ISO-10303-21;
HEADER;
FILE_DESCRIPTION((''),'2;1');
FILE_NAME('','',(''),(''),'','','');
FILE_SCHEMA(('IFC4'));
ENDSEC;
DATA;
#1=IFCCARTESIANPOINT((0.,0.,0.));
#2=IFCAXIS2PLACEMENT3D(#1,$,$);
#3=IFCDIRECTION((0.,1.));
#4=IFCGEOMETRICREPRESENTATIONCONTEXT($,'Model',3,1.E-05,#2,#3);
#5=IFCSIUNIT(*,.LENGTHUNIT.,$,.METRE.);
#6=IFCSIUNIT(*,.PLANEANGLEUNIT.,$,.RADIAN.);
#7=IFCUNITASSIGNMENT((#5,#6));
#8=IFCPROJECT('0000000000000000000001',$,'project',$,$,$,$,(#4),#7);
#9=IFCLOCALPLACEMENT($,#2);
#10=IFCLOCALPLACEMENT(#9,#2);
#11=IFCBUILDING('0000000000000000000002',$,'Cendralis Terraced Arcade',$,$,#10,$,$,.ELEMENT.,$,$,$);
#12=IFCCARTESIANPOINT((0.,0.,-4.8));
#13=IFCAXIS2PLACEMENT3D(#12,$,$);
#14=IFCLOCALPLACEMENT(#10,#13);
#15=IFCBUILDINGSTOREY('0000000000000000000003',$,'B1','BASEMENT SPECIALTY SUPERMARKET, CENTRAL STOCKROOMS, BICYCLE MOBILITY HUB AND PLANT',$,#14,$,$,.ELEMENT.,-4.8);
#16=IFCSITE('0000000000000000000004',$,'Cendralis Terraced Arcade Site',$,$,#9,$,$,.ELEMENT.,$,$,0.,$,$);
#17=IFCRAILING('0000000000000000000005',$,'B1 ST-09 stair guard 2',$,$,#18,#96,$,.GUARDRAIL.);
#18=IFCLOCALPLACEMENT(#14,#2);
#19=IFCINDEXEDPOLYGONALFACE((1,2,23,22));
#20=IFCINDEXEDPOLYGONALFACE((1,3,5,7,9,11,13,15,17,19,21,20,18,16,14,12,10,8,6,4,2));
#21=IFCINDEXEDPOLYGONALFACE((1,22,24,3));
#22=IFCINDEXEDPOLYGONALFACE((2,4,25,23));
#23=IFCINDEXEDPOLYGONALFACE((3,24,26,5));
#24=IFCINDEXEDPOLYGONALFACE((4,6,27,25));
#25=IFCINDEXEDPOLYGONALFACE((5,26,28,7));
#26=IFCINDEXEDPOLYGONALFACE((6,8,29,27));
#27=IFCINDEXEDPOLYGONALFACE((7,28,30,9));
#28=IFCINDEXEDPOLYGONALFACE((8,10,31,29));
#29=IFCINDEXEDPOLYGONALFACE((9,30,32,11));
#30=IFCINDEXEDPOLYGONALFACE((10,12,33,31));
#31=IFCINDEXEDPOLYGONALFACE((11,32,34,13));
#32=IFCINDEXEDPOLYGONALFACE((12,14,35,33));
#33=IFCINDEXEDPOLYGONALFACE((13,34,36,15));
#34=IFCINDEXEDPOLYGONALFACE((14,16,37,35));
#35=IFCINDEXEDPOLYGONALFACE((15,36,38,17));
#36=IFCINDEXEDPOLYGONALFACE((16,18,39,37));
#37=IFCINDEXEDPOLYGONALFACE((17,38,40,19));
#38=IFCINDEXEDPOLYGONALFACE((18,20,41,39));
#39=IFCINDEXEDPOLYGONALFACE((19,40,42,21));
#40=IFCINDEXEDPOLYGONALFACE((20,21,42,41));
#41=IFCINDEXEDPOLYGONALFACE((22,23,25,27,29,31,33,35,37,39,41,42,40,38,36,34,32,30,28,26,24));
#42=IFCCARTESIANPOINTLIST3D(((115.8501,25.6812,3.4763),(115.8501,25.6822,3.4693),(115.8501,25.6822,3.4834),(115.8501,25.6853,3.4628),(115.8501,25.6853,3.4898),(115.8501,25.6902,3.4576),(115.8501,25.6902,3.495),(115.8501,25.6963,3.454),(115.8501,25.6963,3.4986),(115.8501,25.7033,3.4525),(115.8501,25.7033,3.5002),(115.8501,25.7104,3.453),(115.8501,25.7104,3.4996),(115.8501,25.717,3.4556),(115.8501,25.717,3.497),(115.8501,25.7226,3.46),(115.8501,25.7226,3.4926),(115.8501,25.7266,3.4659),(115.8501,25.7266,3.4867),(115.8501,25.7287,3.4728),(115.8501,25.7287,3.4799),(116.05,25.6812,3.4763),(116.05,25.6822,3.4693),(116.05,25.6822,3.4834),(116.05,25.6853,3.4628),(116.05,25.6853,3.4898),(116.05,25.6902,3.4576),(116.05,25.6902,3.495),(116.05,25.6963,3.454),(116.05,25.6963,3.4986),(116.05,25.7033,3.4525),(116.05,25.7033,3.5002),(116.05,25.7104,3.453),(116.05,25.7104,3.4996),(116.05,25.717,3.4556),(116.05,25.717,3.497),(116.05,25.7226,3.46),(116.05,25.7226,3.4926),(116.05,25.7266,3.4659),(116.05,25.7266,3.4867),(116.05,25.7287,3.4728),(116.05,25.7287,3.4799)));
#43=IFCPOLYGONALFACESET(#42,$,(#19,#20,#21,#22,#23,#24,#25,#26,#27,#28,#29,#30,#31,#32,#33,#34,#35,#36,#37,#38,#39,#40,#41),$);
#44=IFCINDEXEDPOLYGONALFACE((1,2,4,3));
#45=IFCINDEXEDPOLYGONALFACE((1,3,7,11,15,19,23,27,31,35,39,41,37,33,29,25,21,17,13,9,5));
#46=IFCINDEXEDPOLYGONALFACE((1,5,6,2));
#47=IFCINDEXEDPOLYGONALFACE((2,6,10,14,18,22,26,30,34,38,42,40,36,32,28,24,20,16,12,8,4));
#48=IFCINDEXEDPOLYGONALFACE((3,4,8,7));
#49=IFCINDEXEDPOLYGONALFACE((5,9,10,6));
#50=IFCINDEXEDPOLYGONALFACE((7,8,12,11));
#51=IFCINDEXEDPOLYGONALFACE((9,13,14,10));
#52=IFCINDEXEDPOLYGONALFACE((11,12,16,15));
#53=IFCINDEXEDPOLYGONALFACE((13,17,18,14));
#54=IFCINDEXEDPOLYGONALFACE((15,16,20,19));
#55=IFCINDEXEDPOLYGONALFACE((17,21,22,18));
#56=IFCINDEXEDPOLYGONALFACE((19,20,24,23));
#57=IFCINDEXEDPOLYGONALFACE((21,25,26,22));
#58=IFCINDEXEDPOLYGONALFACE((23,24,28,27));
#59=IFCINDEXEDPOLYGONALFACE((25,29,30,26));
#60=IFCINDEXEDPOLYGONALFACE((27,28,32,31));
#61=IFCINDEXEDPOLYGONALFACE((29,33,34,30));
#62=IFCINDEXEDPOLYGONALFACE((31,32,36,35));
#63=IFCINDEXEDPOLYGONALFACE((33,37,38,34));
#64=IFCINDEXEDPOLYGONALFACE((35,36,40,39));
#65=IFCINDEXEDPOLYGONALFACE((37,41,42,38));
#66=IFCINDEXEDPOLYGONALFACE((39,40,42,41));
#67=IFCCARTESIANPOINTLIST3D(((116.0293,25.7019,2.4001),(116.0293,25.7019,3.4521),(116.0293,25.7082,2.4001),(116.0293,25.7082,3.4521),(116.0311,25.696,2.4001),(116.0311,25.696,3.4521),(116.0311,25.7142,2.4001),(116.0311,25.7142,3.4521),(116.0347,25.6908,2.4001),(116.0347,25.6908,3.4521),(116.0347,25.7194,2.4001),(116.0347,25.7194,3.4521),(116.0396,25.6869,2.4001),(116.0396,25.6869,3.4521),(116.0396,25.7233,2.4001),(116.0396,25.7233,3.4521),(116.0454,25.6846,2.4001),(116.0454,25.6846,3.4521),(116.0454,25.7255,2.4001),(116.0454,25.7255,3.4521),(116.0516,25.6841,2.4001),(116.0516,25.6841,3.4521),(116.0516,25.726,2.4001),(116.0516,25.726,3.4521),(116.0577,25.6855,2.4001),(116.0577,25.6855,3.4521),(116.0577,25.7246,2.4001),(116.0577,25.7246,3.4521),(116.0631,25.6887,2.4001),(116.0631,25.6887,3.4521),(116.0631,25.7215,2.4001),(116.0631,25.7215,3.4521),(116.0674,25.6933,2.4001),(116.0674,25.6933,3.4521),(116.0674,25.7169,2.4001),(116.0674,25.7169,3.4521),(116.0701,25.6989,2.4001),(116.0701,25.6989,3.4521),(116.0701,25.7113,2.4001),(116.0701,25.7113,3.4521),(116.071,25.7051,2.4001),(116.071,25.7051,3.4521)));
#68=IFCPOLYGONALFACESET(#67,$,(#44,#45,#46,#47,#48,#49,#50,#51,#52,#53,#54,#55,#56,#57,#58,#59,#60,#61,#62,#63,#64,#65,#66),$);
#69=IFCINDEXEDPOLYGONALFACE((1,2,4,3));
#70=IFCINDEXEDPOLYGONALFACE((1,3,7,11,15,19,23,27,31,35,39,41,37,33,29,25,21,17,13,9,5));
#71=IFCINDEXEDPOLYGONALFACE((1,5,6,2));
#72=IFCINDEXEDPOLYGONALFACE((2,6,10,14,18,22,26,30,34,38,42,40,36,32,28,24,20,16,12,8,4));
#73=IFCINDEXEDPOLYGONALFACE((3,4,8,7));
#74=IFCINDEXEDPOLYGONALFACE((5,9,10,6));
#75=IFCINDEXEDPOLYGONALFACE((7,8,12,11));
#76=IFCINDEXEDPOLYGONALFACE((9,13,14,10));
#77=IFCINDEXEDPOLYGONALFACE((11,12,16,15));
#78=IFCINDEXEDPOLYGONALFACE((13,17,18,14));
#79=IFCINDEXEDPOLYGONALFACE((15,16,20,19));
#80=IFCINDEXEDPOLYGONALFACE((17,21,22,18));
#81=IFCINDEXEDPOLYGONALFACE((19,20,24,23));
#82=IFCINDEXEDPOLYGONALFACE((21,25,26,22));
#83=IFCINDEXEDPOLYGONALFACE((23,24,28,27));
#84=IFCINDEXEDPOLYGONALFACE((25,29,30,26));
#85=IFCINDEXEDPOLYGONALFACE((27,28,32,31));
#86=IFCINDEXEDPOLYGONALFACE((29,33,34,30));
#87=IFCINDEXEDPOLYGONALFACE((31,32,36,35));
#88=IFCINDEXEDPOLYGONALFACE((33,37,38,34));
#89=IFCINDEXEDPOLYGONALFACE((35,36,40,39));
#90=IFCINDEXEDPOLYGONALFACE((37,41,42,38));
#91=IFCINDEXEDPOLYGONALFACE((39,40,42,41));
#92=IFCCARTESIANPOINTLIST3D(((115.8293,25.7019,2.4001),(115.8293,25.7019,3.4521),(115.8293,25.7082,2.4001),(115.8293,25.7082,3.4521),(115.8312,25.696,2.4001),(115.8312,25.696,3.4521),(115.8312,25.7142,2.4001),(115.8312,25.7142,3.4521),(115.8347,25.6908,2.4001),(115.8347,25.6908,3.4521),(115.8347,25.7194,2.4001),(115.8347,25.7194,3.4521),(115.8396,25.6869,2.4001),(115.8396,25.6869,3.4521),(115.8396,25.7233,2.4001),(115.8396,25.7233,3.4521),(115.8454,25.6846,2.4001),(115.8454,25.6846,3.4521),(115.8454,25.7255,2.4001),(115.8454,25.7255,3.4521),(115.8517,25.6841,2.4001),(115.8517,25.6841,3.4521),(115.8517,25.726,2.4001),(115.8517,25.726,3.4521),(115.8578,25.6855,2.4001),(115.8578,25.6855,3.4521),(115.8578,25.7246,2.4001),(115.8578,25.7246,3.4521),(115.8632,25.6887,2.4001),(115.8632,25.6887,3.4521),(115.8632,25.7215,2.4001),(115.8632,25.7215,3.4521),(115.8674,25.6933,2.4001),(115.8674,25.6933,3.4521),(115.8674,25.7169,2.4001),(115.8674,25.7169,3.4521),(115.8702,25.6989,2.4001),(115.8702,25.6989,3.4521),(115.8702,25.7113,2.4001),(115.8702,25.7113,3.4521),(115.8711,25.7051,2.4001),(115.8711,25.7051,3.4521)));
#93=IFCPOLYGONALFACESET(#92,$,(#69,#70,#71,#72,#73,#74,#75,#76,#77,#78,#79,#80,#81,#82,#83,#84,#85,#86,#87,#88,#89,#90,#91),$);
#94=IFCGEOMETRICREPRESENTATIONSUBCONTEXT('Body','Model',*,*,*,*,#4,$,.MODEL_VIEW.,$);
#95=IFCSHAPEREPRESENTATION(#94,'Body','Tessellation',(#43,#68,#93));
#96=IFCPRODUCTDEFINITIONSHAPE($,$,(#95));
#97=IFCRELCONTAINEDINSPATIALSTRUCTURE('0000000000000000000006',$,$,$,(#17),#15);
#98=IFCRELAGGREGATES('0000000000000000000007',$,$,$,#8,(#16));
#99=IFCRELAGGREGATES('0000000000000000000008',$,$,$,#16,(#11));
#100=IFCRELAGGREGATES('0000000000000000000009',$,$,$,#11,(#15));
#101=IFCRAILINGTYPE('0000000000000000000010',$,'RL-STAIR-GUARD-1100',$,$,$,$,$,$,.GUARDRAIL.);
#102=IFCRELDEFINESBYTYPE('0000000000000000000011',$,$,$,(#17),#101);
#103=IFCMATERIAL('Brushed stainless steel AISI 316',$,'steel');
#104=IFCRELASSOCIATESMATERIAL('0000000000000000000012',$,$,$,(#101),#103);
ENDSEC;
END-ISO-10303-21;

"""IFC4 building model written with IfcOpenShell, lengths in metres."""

from ifc_helpers import new_model, si_unit, direction, frame, origin, origin_2d, place, context, subcontext, project, spatial, circle, extrude, material, type_object, element, save


model = new_model("IFC4")

# Units and contexts
model_context = context("Model", 3, precision=1e-05, world=origin(), true_north=direction((0.0, 1.0)))
body_context = subcontext(model_context, "Body", "Model", "MODEL_VIEW")
ifc_project = project(units=[si_unit("LENGTHUNIT", "METRE"), si_unit("PLANEANGLEUNIT", "RADIAN")], contexts=[model_context])

# Site, building, storey
site_placement = place(None, origin())
site = spatial("IfcSite", under=ifc_project, at=site_placement, Name="Cendralis Terraced Arcade Site", CompositionType="ELEMENT", RefElevation=0.0)
building_placement = place(site_placement, origin())
building = spatial("IfcBuilding", under=site, at=building_placement, Name="Cendralis Terraced Arcade", CompositionType="ELEMENT")
storey_placement = place(building_placement, frame((0.0, 0.0, -4.8)))
storey = spatial("IfcBuildingStorey", under=building, at=storey_placement, Name="B1", Description="BASEMENT SPECIALTY SUPERMARKET, CENTRAL STOCKROOMS, BICYCLE MOBILITY HUB AND PLANT", CompositionType="ELEMENT", Elevation=-4.8)

# Railing
ifc_material_1 = material(Name="Brushed stainless steel AISI 316", Category="steel")
railing_type_1 = type_object("IfcRailingType", Name="RL-STAIR-GUARD-1100", PredefinedType="GUARDRAIL", material=ifc_material_1)
railing_1_placement = place(storey_placement, frame((116.05, 25.7051, 2.4001)))
element("IfcRailing", 1, at=railing_1_placement, inside=storey, type_object=railing_type_1, Name="B1 ST-09 stair guard 2", PredefinedType="GUARDRAIL", context=body_context, shape_type="SweptSolid", body=[
    extrude(circle(Radius=0.0239, at=origin_2d()), frame((0.0, 0.0, 1.0762), z_axis=(-1.0, 0.0, 0.0), x_axis=(0.0, -1.0, 0.0)), (0.0, 0.0, 1.0), 0.2),
    extrude(circle(Radius=0.021, at=origin_2d()), origin(), (0.0, 0.0, 1.0), 1.052),
    extrude(circle(Radius=0.021, at=origin_2d()), frame((-0.2, 0.0, 0.0)), (0.0, 0.0, 1.0), 1.052),
])

save(model, "model.ifc")
